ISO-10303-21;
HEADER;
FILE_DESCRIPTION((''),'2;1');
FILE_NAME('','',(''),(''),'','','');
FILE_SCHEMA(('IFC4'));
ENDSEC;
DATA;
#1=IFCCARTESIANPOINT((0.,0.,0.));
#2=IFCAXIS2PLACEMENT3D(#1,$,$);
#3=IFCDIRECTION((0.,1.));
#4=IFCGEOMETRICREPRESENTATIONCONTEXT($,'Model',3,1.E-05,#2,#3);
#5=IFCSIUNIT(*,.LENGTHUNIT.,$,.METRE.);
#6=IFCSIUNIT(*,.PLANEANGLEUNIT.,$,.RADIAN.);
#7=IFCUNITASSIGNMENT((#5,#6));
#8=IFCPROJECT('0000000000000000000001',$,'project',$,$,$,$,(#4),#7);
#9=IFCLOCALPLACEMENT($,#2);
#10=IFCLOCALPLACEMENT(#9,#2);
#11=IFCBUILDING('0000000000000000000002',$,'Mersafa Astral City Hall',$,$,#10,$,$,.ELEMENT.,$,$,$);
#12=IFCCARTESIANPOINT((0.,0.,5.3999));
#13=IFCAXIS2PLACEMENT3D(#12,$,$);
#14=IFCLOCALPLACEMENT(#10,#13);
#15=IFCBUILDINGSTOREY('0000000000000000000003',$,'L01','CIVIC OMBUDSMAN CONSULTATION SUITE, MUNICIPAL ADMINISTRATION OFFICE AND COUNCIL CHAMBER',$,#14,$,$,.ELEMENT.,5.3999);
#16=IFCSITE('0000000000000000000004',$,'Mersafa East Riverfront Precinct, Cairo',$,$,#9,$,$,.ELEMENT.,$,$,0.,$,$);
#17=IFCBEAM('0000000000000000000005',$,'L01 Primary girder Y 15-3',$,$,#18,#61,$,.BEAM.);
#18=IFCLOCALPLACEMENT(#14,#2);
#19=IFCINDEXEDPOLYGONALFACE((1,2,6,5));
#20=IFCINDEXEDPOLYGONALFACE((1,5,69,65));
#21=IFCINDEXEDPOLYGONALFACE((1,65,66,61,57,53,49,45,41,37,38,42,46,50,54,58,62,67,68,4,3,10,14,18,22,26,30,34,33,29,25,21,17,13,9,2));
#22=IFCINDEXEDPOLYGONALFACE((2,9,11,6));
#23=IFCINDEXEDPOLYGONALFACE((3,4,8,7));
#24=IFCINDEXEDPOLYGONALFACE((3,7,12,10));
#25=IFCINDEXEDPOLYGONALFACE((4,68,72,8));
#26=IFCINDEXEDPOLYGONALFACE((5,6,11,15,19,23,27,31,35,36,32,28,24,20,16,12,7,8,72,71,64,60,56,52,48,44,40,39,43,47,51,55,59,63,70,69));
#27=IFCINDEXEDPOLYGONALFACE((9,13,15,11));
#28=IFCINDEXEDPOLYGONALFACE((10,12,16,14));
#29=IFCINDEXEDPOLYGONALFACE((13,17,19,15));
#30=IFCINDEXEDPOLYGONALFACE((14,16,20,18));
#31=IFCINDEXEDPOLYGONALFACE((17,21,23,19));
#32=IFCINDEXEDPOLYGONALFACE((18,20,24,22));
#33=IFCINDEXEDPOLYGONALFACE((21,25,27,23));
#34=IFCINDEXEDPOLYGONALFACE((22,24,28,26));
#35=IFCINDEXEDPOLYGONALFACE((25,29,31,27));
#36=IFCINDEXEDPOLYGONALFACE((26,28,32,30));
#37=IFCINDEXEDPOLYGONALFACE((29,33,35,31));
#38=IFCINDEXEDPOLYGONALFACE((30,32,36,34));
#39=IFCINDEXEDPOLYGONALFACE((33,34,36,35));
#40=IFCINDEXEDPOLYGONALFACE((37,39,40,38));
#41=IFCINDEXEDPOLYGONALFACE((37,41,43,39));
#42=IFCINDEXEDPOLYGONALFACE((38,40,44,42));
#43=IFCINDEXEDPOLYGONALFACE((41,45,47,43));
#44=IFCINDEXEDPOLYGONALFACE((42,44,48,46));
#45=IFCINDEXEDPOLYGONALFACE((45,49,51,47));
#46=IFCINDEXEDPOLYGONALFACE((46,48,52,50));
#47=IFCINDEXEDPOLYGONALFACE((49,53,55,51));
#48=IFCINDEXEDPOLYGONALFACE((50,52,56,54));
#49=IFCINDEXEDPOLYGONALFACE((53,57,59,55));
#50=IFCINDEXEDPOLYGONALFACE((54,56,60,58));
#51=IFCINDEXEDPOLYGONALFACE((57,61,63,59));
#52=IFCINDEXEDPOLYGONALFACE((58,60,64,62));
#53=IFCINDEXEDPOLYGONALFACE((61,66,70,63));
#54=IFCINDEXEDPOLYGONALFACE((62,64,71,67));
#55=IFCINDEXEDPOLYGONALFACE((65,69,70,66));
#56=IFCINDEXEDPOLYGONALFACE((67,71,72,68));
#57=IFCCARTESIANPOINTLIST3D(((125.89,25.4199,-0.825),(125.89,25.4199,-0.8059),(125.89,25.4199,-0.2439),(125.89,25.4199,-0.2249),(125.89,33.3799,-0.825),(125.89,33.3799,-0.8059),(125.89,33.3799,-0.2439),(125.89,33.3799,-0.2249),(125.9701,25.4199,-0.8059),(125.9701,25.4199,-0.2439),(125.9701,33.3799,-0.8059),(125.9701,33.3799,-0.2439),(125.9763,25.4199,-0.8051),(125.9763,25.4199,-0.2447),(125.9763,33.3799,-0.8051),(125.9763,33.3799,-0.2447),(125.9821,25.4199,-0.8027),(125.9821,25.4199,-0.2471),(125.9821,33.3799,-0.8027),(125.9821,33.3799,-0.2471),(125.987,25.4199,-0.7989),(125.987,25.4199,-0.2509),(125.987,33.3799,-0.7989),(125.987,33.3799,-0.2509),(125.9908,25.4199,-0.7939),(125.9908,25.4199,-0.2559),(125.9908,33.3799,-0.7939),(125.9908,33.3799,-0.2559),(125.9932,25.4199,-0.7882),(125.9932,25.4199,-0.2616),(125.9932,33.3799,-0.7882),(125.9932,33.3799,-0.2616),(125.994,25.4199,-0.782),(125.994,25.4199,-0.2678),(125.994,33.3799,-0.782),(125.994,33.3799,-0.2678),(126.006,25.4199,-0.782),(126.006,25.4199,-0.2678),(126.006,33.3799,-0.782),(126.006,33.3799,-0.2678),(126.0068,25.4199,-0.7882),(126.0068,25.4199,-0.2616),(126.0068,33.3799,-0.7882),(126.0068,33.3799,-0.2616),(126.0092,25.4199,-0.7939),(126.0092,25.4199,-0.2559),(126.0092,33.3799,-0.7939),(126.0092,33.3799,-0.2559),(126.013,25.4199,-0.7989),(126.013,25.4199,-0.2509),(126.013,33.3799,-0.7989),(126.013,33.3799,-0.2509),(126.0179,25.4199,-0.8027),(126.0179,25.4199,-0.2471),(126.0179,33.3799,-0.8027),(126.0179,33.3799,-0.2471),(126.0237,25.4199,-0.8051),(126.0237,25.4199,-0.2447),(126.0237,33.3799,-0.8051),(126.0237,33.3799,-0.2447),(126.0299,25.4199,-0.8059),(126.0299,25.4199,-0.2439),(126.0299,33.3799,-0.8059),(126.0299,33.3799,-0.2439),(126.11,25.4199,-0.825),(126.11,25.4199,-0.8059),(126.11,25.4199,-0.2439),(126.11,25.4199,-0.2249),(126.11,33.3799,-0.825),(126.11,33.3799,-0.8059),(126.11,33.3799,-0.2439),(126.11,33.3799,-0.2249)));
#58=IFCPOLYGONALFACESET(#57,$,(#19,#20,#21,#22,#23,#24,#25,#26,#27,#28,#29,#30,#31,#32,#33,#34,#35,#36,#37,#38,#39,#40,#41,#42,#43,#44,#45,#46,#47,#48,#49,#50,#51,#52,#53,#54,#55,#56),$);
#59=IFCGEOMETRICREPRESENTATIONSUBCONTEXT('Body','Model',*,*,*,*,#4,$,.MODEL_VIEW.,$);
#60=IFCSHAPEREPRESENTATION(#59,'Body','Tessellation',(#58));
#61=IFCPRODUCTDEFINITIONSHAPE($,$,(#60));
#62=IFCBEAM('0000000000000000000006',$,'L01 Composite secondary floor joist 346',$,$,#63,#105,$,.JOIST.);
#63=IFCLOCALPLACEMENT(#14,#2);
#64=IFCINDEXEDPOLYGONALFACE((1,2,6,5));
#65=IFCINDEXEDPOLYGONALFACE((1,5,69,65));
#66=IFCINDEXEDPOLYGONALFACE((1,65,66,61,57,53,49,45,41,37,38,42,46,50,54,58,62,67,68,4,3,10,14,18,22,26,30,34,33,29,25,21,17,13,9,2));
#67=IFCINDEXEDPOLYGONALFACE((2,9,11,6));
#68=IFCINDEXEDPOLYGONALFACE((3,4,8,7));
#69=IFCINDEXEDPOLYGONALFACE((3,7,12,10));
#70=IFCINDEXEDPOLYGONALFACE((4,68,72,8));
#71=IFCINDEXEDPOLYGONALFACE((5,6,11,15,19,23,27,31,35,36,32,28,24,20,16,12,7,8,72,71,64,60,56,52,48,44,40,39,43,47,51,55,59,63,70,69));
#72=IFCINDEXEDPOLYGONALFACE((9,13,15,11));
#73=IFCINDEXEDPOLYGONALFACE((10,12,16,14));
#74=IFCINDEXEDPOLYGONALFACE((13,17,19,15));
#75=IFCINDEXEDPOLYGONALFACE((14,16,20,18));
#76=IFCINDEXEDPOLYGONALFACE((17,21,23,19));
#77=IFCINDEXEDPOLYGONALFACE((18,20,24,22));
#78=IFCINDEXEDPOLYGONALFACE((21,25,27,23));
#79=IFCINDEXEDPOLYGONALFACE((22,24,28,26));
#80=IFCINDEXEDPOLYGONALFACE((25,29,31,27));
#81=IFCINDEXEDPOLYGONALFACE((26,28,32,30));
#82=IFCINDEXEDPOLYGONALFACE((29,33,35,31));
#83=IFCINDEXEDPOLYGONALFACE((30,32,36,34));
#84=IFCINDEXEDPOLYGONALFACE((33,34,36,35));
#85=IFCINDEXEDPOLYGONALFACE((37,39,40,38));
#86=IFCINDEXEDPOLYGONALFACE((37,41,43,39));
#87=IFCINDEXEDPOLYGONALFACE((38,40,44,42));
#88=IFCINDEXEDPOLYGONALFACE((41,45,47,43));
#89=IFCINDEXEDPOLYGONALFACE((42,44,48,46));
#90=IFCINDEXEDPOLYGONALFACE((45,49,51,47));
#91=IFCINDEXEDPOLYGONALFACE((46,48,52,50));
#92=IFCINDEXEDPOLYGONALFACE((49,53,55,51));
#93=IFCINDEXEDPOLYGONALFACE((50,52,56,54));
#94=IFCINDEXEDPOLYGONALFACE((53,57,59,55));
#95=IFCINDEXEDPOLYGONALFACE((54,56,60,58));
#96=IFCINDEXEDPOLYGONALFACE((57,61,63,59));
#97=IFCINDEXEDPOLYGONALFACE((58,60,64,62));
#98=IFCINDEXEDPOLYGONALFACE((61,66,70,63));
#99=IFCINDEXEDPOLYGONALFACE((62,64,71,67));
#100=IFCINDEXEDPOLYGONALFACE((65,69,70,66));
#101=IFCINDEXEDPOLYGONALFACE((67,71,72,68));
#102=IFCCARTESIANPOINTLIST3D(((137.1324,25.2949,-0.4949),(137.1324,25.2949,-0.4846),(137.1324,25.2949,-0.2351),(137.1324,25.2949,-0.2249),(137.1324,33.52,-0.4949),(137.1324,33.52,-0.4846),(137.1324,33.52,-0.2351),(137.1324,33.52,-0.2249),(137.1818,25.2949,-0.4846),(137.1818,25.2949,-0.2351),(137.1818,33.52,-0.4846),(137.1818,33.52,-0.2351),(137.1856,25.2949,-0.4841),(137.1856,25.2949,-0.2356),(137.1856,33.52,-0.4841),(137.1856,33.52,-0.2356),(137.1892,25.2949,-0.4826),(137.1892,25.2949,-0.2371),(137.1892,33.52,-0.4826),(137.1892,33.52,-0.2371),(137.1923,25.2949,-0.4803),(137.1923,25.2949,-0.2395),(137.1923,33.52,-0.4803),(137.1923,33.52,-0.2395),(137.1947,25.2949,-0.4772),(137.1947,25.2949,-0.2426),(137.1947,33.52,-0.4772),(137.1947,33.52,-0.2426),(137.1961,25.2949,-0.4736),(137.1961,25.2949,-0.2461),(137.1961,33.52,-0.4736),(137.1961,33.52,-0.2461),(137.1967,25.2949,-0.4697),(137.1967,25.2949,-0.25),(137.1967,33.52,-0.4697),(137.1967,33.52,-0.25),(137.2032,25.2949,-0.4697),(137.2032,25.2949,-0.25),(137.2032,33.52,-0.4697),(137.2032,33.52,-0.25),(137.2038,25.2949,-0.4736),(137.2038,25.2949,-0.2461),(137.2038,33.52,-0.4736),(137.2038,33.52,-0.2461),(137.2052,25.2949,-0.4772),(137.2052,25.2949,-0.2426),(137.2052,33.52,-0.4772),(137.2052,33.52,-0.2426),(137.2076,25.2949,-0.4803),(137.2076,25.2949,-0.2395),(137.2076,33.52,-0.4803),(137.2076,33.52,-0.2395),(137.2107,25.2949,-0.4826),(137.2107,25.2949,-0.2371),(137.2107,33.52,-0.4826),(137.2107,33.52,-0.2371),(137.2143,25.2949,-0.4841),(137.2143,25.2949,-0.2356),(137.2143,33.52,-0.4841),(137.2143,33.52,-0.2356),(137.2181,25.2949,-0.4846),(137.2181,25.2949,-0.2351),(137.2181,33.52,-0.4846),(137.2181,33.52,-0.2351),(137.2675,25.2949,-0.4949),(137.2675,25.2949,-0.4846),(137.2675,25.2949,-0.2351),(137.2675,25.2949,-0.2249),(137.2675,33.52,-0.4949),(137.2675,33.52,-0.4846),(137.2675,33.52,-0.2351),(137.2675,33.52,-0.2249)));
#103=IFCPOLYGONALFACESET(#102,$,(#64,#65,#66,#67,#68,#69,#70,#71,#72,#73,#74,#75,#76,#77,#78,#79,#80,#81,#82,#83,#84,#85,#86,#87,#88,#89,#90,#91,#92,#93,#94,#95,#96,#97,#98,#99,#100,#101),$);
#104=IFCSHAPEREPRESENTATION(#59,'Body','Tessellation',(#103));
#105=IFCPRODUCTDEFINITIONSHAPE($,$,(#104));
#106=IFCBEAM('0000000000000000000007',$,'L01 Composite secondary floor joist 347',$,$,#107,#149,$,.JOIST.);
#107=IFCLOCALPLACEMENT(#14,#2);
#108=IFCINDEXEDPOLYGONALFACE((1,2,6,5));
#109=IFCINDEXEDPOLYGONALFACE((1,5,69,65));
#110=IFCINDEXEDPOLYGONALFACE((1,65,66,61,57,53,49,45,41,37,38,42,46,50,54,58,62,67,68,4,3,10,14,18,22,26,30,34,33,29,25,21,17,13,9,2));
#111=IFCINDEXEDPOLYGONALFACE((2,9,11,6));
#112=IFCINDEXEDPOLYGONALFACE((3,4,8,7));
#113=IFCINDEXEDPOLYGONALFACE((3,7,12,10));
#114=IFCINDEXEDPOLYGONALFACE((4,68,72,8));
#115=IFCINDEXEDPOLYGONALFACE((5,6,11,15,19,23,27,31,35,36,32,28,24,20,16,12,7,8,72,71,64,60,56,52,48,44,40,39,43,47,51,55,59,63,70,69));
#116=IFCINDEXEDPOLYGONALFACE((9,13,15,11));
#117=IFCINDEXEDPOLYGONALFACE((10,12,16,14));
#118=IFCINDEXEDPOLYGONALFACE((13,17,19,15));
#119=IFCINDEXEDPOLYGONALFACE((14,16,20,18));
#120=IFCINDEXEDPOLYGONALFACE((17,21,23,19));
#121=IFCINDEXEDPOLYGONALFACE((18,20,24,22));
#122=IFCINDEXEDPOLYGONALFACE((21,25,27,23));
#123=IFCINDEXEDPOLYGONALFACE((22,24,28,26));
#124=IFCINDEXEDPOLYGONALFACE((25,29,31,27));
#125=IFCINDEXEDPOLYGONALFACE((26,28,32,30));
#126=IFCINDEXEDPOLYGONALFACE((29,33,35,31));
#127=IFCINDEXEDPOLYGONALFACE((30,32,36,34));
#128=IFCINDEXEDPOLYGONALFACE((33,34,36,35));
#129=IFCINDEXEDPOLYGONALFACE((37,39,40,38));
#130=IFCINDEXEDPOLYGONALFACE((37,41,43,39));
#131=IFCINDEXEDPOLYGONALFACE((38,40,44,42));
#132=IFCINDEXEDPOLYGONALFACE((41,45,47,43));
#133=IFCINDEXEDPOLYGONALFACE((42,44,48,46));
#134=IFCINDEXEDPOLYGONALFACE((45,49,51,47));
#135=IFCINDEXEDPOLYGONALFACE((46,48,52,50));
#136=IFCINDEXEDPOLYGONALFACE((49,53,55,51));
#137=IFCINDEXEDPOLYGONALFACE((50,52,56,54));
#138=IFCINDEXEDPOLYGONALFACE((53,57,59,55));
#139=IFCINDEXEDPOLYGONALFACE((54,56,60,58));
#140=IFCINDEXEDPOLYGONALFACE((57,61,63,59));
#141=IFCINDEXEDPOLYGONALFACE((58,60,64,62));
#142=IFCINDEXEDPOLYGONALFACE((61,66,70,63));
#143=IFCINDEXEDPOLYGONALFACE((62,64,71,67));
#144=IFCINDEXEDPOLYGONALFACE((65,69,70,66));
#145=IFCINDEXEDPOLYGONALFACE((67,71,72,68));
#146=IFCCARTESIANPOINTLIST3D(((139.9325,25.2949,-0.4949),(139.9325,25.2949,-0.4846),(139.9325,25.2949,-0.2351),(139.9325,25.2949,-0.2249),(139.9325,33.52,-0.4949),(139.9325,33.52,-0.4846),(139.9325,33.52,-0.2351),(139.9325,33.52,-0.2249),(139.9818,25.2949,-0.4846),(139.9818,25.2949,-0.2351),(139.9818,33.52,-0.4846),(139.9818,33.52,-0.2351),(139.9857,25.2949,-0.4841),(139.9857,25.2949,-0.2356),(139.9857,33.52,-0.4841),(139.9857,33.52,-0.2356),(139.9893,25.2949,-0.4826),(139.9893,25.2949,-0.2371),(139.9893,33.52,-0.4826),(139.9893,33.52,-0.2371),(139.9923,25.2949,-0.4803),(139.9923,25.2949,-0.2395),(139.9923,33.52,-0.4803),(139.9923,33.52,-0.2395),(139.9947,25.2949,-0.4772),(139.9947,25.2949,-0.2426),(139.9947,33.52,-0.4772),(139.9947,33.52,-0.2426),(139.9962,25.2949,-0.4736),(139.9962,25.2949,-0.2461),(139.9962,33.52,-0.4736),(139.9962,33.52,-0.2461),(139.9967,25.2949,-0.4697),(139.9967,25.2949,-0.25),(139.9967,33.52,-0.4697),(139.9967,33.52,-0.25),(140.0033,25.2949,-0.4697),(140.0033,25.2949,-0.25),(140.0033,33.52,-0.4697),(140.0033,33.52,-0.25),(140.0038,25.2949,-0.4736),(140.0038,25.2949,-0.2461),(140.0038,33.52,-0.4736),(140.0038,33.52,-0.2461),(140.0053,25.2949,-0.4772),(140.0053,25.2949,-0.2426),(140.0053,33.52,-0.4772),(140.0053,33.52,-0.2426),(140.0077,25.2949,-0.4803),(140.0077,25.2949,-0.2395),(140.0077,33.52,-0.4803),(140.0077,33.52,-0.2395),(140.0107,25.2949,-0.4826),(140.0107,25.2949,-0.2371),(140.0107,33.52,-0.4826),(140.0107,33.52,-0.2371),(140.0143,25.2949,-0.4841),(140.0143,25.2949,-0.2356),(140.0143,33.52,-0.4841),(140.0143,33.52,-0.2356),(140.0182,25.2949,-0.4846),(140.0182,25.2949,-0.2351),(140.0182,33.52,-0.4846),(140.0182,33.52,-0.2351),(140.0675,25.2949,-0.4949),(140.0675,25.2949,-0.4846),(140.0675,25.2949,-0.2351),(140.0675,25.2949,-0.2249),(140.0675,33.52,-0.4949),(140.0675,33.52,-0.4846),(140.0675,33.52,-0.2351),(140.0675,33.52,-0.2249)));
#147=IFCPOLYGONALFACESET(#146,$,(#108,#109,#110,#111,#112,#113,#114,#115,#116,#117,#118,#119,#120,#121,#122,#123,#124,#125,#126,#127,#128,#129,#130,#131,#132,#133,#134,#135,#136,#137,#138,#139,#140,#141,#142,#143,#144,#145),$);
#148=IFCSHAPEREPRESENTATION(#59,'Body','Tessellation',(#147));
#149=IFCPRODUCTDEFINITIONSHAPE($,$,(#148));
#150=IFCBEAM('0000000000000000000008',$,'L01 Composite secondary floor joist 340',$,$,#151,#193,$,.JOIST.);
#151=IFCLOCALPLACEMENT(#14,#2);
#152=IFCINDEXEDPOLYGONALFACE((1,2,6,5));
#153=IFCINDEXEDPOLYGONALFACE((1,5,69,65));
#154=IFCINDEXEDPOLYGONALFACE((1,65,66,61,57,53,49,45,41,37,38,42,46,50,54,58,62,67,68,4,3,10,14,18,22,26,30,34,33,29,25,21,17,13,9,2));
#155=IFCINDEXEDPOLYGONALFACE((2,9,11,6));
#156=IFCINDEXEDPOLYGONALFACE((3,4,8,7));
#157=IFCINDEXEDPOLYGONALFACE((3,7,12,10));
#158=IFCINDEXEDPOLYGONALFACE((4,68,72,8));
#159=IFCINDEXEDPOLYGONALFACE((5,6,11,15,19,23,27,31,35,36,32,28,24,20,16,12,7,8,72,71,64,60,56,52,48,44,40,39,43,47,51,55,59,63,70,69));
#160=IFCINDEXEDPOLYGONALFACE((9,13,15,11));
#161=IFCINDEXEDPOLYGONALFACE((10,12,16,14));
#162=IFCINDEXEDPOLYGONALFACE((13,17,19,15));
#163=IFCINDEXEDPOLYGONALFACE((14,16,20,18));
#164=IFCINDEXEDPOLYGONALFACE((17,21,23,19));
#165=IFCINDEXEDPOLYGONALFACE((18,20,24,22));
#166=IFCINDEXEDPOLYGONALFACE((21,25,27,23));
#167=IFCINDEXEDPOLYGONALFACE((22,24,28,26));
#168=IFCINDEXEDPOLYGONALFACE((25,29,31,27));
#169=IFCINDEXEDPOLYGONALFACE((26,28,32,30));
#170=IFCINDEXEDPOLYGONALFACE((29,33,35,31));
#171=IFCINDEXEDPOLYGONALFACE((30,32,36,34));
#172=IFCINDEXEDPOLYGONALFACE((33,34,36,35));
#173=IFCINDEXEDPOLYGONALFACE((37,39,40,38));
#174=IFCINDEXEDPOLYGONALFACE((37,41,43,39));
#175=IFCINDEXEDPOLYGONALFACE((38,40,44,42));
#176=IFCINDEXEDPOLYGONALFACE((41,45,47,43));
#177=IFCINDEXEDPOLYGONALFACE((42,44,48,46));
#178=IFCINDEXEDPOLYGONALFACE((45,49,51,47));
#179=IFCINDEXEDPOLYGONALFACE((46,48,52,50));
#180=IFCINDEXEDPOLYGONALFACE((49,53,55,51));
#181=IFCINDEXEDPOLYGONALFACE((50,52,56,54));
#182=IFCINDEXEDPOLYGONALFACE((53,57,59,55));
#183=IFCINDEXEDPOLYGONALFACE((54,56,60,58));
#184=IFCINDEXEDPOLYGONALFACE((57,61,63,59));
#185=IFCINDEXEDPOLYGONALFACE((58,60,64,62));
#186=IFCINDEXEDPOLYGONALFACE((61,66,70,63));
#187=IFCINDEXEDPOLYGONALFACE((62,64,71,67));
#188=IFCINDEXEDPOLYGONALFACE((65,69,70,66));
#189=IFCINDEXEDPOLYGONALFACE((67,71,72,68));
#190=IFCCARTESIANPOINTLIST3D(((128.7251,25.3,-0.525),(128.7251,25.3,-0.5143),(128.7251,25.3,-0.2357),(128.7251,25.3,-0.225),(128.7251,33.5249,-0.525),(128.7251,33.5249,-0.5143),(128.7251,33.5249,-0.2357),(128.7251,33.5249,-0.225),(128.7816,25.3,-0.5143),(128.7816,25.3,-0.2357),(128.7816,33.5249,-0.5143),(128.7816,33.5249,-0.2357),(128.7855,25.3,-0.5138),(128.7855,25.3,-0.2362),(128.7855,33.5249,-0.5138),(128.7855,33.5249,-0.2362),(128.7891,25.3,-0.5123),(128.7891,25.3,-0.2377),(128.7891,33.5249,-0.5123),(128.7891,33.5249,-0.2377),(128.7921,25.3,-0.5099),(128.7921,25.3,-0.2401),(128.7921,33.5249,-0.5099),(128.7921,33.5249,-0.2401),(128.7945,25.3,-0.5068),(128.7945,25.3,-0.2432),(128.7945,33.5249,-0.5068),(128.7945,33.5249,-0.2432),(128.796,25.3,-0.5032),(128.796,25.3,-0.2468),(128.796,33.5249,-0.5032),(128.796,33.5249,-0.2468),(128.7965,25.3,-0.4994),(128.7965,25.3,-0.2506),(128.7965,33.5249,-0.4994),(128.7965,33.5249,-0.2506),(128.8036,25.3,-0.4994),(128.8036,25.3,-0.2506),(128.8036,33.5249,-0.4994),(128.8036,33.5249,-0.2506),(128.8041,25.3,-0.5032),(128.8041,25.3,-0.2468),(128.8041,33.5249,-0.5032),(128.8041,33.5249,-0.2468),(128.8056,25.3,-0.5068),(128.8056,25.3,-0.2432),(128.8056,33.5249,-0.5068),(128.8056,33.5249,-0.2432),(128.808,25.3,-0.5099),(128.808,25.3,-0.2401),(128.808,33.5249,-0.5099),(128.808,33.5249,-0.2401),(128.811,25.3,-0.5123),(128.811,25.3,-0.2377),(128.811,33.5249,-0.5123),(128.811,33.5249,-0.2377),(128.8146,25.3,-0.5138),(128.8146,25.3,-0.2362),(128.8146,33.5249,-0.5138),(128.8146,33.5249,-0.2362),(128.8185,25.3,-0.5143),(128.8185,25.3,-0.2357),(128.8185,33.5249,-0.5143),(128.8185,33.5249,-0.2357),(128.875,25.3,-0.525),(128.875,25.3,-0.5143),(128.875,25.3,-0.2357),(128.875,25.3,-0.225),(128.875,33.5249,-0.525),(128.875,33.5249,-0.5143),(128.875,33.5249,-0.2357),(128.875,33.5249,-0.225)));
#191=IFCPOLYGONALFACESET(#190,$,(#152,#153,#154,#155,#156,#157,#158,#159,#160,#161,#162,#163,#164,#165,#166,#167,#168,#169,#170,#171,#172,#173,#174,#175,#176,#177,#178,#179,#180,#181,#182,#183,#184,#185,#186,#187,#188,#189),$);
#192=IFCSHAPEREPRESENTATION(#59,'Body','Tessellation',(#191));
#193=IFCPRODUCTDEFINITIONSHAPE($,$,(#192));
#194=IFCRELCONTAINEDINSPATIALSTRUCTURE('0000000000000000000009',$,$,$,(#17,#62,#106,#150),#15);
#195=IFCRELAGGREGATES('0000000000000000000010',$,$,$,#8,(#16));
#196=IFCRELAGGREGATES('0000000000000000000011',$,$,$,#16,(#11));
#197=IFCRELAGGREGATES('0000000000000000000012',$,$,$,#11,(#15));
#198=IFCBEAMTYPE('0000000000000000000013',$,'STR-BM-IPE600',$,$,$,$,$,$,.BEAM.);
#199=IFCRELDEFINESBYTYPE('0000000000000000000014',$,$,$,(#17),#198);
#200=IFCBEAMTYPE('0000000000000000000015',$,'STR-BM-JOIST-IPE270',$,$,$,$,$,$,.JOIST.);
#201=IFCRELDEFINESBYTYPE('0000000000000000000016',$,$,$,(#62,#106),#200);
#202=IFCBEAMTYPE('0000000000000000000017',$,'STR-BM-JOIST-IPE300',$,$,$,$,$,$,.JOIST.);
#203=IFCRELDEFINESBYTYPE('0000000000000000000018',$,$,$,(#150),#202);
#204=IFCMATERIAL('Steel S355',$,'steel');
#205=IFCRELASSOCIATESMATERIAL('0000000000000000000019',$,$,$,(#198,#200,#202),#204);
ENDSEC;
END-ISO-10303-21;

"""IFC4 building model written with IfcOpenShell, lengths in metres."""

from ifc_helpers import new_model, si_unit, direction, frame, origin, origin_2d, place, context, subcontext, project, spatial, i_section, extrude, material, material_profile, profile_set, type_object, element, save


model = new_model("IFC4")

# Units and contexts
model_context = context("Model", 3, precision=1e-05, world=origin(), true_north=direction((0.0, 1.0)))
body_context = subcontext(model_context, "Body", "Model", "MODEL_VIEW")
ifc_project = project(units=[si_unit("LENGTHUNIT", "METRE"), si_unit("PLANEANGLEUNIT", "RADIAN")], contexts=[model_context])

# Site, building, storey
site_placement = place(None, origin())
site = spatial("IfcSite", under=ifc_project, at=site_placement, Name="Mersafa East Riverfront Precinct, Cairo", CompositionType="ELEMENT", RefElevation=0.0)
building_placement = place(site_placement, origin())
building = spatial("IfcBuilding", under=site, at=building_placement, Name="Mersafa Astral City Hall", CompositionType="ELEMENT")
storey_placement = place(building_placement, frame((0.0, 0.0, 5.3999)))
storey = spatial("IfcBuildingStorey", under=building, at=storey_placement, Name="L01", Description="CIVIC OMBUDSMAN CONSULTATION SUITE, MUNICIPAL ADMINISTRATION OFFICE AND COUNCIL CHAMBER", CompositionType="ELEMENT", Elevation=5.3999)

# Shared definitions
ifc_material_1 = material(Name="Steel S355", Category="steel")

# Beams
ifc_material_profile_1 = material_profile(ifc_material_1, i_section(OverallWidth=0.22, OverallDepth=0.6001, WebThickness=0.012, FlangeThickness=0.019, FilletRadius=0.0239, at=origin_2d()), Name="IPE 600")
ifc_profile_set_1 = profile_set([ifc_material_profile_1], Name="Steel S355")
beam_type_1 = type_object("IfcBeamType", Name="STR-BM-IPE600", PredefinedType="BEAM", material=ifc_profile_set_1)
beam_1_placement = place(storey_placement, frame((126.0, 25.4199, -0.5249), z_axis=(0.0, 1.0, 0.0), x_axis=(-1.0, 0.0, 0.0)))
element("IfcBeam", 1, at=beam_1_placement, inside=storey, type_object=beam_type_1, Name="L01 Primary girder Y 15-3", PredefinedType="BEAM", context=body_context, shape_type="SweptSolid", body=[
    extrude(i_section(OverallWidth=0.22, OverallDepth=0.6001, WebThickness=0.012, FlangeThickness=0.019, FilletRadius=0.0239, at=origin_2d()), origin(), (0.0, 0.0, 1.0), 7.96),
])
ifc_material_profile_2 = material_profile(ifc_material_1, i_section(OverallWidth=0.135, OverallDepth=0.27, WebThickness=0.0066, FlangeThickness=0.0103, FilletRadius=0.0149, at=origin_2d()), Name="IPE 270")
ifc_profile_set_2 = profile_set([ifc_material_profile_2], Name="Steel S355")
beam_type_2 = type_object("IfcBeamType", Name="STR-BM-JOIST-IPE270", PredefinedType="JOIST", material=ifc_profile_set_2)
for number, where, z_axis, x_axis, name in (
    (2, (137.2, 25.2949, -0.3599), (0.0, 1.0, 0.0), (-1.0, 0.0, 0.0), "L01 Composite secondary floor joist 346"),
    (3, (140.0, 25.2949, -0.3599), (0.0, 1.0, 0.0), (-1.0, 0.0, 0.0), "L01 Composite secondary floor joist 347"),
):
    element("IfcBeam", number, at=place(storey_placement, frame(where, z_axis=z_axis, x_axis=x_axis)), inside=storey, type_object=beam_type_2, Name=name, PredefinedType="JOIST", context=body_context, shape_type="SweptSolid", body=[
        extrude(i_section(OverallWidth=0.135, OverallDepth=0.27, WebThickness=0.0066, FlangeThickness=0.0103, FilletRadius=0.0149, at=origin_2d()), origin(), (0.0, 0.0, 1.0), 8.2251),
    ])
ifc_material_profile_3 = material_profile(ifc_material_1, i_section(OverallWidth=0.1499, OverallDepth=0.3, WebThickness=0.0071, FlangeThickness=0.0107, FilletRadius=0.0149, at=origin_2d()), Name="IPE 300")
ifc_profile_set_3 = profile_set([ifc_material_profile_3], Name="Steel S355")
beam_type_3 = type_object("IfcBeamType", Name="STR-BM-JOIST-IPE300", PredefinedType="JOIST", material=ifc_profile_set_3)
for number, where, z_axis, x_axis, name in (
    (4, (128.8, 25.3, -0.375), (0.0, 1.0, 0.0), (-1.0, 0.0, 0.0), "L01 Composite secondary floor joist 340"),
):
    element("IfcBeam", number, at=place(storey_placement, frame(where, z_axis=z_axis, x_axis=x_axis)), inside=storey, type_object=beam_type_3, Name=name, PredefinedType="JOIST", context=body_context, shape_type="SweptSolid", body=[
        extrude(i_section(OverallWidth=0.1499, OverallDepth=0.3, WebThickness=0.0071, FlangeThickness=0.0107, FilletRadius=0.0149, at=origin_2d()), origin(), (0.0, 0.0, 1.0), 8.2249),
    ])

save(model, "model.ifc")
